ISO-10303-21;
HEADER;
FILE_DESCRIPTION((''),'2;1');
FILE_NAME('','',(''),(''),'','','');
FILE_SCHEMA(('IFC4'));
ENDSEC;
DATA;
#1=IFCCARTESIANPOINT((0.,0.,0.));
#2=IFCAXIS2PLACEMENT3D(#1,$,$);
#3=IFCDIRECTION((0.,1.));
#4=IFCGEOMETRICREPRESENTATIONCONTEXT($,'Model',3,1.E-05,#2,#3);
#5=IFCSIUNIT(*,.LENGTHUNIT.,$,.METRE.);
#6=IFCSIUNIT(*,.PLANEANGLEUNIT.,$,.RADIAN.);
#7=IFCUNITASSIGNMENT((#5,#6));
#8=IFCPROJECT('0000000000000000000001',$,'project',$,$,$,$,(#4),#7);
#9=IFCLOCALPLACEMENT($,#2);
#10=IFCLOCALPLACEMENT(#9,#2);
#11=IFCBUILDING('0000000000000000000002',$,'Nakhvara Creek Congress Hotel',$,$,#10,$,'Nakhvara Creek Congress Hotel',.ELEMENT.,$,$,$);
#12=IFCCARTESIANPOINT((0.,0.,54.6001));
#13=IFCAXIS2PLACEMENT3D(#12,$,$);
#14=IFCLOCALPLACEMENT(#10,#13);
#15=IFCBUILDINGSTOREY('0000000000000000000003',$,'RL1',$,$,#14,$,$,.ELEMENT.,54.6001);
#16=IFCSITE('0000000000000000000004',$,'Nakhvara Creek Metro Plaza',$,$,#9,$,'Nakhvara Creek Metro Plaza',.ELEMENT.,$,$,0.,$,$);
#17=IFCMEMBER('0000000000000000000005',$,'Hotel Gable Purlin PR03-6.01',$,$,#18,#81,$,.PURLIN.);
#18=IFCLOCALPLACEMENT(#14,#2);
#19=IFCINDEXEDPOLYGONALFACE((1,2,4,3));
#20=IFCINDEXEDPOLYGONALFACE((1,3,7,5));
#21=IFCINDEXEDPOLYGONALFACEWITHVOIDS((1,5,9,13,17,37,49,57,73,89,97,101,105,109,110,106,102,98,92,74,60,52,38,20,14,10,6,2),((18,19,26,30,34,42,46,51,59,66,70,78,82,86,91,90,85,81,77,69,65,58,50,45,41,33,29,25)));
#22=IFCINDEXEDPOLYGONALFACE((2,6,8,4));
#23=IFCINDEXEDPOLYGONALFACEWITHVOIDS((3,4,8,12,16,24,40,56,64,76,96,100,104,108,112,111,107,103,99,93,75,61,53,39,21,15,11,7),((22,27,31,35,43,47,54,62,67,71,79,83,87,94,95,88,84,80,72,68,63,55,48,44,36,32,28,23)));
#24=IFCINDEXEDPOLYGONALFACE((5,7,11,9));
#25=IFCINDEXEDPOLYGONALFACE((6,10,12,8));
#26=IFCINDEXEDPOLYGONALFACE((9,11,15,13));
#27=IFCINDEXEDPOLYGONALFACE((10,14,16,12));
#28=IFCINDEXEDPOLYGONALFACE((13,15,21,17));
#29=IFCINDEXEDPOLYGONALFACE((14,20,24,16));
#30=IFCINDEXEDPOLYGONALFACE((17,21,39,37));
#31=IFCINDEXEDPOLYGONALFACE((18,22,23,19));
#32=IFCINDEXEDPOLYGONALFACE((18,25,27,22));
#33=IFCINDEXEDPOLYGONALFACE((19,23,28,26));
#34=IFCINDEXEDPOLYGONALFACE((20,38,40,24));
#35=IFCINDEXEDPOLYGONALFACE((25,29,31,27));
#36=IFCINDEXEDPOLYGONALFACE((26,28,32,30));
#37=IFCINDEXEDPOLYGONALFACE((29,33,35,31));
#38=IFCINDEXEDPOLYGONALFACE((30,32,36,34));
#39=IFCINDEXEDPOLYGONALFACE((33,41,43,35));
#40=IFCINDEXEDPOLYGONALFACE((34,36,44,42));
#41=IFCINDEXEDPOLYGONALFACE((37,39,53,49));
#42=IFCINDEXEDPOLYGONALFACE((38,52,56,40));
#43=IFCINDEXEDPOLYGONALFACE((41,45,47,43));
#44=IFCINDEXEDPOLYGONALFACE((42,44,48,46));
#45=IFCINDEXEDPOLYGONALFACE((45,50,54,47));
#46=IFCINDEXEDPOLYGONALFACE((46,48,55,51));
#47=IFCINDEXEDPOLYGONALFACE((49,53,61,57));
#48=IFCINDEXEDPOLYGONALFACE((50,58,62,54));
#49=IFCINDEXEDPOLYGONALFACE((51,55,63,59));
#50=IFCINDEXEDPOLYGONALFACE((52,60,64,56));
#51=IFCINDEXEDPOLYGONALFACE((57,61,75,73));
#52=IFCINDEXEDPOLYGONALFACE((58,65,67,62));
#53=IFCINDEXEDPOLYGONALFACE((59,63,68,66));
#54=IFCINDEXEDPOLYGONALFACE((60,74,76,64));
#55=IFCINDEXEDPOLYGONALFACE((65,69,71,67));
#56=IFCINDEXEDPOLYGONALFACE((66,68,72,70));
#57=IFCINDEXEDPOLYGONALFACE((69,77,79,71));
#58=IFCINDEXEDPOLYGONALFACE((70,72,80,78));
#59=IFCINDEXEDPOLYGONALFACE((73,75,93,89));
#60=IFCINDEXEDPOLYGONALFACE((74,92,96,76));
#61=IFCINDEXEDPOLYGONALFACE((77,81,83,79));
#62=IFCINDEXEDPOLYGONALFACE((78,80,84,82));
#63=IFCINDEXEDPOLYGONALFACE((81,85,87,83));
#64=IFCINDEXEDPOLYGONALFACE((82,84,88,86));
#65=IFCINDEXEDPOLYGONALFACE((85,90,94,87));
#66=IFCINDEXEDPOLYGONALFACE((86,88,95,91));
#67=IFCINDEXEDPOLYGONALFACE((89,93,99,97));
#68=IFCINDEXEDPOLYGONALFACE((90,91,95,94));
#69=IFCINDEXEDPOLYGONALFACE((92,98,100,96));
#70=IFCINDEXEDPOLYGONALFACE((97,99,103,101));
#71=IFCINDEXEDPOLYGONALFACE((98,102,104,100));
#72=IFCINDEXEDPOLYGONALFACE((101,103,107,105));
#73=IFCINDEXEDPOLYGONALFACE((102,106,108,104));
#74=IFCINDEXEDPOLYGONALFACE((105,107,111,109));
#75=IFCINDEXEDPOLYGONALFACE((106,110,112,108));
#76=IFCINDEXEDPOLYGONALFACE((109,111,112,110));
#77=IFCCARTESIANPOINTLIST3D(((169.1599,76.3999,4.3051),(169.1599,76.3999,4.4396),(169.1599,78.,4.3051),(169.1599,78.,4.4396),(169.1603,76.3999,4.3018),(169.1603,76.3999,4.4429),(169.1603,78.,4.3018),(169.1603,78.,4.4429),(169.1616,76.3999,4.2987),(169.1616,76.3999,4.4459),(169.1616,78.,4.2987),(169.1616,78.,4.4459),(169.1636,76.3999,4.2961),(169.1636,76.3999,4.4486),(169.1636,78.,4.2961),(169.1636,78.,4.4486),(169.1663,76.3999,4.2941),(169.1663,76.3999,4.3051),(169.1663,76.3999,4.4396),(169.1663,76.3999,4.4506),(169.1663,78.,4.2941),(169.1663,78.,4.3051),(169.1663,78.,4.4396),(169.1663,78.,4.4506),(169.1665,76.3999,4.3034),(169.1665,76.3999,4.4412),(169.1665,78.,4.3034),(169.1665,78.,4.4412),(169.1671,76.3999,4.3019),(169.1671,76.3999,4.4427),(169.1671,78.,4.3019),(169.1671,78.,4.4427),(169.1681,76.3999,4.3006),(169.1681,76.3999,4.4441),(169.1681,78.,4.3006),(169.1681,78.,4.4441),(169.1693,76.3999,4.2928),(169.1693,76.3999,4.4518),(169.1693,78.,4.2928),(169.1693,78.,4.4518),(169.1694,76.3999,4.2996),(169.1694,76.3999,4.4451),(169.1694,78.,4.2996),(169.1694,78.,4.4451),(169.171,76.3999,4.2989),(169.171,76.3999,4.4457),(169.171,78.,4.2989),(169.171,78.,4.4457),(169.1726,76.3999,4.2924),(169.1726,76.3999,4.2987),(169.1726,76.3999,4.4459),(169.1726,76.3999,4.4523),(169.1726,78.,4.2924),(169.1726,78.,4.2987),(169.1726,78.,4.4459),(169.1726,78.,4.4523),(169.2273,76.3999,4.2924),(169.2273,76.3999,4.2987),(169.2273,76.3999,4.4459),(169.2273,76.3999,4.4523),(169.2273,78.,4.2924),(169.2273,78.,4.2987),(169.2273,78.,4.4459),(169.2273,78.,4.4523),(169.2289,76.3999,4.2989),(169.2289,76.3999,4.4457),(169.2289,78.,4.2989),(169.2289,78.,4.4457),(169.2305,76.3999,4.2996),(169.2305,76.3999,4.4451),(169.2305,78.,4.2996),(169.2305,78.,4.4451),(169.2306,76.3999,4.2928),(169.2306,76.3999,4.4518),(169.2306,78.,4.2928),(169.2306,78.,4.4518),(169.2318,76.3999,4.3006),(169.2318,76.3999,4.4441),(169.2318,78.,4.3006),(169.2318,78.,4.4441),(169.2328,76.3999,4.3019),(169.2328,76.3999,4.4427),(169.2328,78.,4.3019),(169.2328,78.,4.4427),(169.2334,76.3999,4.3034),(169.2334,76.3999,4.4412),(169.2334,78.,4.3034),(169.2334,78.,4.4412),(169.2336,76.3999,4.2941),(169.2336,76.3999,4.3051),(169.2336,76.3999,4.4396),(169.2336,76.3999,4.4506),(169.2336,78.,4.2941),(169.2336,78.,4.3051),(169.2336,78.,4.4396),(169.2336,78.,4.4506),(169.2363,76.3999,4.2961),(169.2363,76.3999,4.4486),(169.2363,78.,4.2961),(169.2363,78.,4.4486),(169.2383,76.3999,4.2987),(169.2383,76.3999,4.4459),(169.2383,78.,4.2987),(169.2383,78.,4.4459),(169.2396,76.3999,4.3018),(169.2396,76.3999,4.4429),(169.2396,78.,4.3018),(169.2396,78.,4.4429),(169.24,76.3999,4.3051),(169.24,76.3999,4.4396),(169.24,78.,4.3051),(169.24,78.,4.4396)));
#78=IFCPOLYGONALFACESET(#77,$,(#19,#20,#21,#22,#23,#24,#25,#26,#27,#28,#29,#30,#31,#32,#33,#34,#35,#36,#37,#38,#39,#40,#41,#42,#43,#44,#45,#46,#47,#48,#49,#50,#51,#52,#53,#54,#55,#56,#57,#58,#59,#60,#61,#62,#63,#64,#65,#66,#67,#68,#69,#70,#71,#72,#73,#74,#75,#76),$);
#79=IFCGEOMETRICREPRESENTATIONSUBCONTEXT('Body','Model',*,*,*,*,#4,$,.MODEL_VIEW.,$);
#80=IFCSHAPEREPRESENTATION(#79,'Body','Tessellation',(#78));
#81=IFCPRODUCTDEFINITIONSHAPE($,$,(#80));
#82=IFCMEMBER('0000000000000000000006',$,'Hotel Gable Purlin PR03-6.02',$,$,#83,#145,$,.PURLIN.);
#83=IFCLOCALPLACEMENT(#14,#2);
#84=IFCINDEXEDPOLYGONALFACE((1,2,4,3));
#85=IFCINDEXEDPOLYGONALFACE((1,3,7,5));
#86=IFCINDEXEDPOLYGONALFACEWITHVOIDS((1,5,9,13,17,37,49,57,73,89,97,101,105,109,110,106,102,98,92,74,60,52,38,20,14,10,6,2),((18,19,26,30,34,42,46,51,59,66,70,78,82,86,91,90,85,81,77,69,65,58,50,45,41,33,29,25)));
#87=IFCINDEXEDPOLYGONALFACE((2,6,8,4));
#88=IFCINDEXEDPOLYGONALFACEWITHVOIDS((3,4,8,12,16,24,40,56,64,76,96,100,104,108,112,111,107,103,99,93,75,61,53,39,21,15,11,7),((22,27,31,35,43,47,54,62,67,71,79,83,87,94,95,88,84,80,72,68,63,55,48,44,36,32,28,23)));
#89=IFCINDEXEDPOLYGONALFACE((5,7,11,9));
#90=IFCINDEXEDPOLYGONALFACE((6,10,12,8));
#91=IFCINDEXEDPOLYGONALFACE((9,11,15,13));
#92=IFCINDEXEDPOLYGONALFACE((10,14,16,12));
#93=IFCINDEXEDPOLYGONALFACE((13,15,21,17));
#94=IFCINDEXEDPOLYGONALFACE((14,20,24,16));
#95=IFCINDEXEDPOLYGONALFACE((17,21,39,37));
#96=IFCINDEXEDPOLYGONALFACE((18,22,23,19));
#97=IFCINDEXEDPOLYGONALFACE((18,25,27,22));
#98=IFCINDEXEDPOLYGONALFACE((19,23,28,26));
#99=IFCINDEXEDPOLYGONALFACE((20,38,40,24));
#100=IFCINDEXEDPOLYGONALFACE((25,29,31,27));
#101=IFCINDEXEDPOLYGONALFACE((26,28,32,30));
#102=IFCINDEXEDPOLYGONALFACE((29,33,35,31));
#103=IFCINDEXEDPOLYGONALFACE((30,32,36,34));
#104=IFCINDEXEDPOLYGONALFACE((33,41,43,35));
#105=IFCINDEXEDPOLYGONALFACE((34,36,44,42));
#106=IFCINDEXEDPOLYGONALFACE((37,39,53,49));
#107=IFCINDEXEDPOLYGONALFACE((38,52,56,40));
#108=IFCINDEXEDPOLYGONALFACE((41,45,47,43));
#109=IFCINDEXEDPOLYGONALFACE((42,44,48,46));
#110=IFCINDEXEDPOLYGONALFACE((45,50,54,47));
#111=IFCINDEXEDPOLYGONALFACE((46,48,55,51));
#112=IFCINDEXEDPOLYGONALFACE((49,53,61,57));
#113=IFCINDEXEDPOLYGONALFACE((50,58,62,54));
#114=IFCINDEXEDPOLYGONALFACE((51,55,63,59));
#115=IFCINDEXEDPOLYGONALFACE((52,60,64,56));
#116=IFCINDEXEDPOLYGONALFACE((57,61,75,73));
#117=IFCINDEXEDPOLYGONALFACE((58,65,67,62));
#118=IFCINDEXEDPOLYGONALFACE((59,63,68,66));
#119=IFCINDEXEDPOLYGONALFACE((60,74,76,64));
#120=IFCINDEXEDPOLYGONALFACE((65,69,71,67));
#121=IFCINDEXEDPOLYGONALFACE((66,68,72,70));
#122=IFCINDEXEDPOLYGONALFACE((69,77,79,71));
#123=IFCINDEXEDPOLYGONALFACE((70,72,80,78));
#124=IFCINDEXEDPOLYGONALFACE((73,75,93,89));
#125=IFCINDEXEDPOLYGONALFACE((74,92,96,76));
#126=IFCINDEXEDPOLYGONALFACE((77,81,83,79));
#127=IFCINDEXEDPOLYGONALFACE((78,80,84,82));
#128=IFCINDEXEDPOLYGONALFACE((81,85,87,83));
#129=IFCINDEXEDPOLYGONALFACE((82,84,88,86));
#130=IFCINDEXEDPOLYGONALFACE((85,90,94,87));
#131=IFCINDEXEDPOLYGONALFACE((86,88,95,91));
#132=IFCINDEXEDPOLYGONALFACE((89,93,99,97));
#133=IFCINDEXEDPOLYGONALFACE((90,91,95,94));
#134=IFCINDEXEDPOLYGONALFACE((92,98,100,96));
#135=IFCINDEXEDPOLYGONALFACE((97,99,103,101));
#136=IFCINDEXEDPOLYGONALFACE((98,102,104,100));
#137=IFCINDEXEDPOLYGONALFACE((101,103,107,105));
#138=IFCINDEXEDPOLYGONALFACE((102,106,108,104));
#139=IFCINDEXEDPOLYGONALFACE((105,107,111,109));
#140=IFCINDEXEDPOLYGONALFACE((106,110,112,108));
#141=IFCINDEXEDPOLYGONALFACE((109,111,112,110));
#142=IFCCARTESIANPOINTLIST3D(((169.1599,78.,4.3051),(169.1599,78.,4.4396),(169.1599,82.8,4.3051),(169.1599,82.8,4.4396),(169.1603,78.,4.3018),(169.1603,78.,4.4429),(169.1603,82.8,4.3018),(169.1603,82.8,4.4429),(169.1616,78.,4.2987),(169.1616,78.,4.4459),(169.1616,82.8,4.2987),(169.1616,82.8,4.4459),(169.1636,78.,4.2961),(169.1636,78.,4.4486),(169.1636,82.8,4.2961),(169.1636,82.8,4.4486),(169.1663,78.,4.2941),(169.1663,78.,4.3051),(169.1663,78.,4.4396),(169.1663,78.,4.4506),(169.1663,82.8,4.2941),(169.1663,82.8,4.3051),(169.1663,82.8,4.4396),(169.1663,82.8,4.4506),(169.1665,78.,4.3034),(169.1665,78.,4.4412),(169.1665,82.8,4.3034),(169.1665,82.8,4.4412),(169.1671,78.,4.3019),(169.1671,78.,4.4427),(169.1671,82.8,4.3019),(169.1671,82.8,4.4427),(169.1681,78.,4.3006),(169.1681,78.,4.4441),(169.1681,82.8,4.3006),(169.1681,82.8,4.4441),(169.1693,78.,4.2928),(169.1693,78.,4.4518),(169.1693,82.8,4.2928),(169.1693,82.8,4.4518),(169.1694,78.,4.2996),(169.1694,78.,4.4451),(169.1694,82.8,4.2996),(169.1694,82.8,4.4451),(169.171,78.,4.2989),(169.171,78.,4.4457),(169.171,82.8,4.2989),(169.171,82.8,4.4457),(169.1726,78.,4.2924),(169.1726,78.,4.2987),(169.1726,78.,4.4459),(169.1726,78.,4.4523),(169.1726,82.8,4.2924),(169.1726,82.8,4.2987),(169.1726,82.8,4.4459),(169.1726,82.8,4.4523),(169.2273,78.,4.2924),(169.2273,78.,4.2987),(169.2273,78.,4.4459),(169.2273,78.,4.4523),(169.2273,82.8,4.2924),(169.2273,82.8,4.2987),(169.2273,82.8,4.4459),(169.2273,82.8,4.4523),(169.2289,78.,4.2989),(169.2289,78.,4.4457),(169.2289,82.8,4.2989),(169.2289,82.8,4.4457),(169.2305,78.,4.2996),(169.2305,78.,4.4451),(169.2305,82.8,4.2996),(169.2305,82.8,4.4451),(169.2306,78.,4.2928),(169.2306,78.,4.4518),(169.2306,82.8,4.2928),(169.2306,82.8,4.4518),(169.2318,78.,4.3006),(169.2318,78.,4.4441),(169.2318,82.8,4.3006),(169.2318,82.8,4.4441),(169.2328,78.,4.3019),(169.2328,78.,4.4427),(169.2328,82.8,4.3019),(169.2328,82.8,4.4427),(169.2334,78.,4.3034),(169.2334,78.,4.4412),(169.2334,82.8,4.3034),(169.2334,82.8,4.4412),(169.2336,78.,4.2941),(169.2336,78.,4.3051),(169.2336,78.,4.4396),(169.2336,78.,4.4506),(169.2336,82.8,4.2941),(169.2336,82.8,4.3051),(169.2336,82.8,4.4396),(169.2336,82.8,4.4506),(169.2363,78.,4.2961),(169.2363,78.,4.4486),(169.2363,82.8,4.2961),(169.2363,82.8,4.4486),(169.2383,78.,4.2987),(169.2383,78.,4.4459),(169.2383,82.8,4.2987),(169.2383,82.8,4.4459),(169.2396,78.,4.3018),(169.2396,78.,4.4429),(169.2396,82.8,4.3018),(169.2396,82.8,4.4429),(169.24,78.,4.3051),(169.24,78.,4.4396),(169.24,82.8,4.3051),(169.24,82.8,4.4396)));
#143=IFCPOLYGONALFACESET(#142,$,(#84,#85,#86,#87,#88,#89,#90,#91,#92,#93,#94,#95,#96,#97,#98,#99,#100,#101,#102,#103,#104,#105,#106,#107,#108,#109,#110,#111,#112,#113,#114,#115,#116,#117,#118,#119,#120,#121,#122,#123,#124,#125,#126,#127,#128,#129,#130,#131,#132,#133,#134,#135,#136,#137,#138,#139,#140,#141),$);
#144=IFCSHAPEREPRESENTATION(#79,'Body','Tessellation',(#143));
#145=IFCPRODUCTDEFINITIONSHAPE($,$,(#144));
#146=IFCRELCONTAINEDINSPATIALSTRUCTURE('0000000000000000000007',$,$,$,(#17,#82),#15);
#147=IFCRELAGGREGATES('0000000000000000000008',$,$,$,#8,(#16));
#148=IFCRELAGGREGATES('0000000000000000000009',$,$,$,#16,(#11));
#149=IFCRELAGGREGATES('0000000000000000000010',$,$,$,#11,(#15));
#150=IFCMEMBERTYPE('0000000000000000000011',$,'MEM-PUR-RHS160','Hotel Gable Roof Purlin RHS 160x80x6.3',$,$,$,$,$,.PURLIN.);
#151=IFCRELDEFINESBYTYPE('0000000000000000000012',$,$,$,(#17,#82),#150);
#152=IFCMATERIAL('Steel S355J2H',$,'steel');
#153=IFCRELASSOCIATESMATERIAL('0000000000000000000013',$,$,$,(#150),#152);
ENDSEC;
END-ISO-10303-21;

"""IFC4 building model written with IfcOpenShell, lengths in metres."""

from ifc_helpers import new_model, si_unit, direction, frame, origin, origin_2d, place, context, subcontext, project, spatial, hollow_rectangle, extrude, material, material_profile, profile_set, type_object, element, save


model = new_model("IFC4")

# Units and contexts
model_context = context("Model", 3, precision=1e-05, world=origin(), true_north=direction((0.0, 1.0)))
body_context = subcontext(model_context, "Body", "Model", "MODEL_VIEW")
ifc_project = project(units=[si_unit("LENGTHUNIT", "METRE"), si_unit("PLANEANGLEUNIT", "RADIAN")], contexts=[model_context])

# Site, building, storey
site_placement = place(None, origin())
site = spatial("IfcSite", under=ifc_project, at=site_placement, Name="Nakhvara Creek Metro Plaza", LongName="Nakhvara Creek Metro Plaza", CompositionType="ELEMENT", RefElevation=0.0)
building_placement = place(site_placement, origin())
building = spatial("IfcBuilding", under=site, at=building_placement, Name="Nakhvara Creek Congress Hotel", LongName="Nakhvara Creek Congress Hotel", CompositionType="ELEMENT")
storey_placement = place(building_placement, frame((0.0, 0.0, 54.6001)))
storey = spatial("IfcBuildingStorey", under=building, at=storey_placement, Name="RL1", CompositionType="ELEMENT", Elevation=54.6001)

# Members
ifc_material_1 = material(Name="Steel S355J2H", Category="steel")
ifc_material_profile_1 = material_profile(ifc_material_1, hollow_rectangle(XDim=0.0801, YDim=0.1599, WallThickness=0.0063, InnerFilletRadius=0.0063, OuterFilletRadius=0.0127, at=origin_2d()), Name="RHS 160x80x6.3", Category="LoadBearing")
ifc_profile_set_1 = profile_set([ifc_material_profile_1], Name="Steel S355J2H")
member_type_1 = type_object("IfcMemberType", Name="MEM-PUR-RHS160", Description="Hotel Gable Roof Purlin RHS 160x80x6.3", PredefinedType="PURLIN", material=ifc_profile_set_1)
member_1_placement = place(storey_placement, frame((169.2, 76.3999, 4.3723), z_axis=(0.0, 1.0, 0.0), x_axis=(-1.0, 0.0, 0.0)))
element("IfcMember", 1, at=member_1_placement, inside=storey, type_object=member_type_1, Name="Hotel Gable Purlin PR03-6.01", PredefinedType="PURLIN", context=body_context, shape_type="SweptSolid", body=[
    extrude(hollow_rectangle(XDim=0.0801, YDim=0.1599, WallThickness=0.0063, InnerFilletRadius=0.0063, OuterFilletRadius=0.0127, at=origin_2d()), origin(), (0.0, 0.0, 1.0), 1.6001),
])
member_2_placement = place(storey_placement, frame((169.2, 78.0, 4.3723), z_axis=(0.0, 1.0, 0.0), x_axis=(-1.0, 0.0, 0.0)))
element("IfcMember", 2, at=member_2_placement, inside=storey, type_object=member_type_1, Name="Hotel Gable Purlin PR03-6.02", PredefinedType="PURLIN", context=body_context, shape_type="SweptSolid", body=[
    extrude(hollow_rectangle(XDim=0.0801, YDim=0.1599, WallThickness=0.0063, InnerFilletRadius=0.0063, OuterFilletRadius=0.0127, at=origin_2d()), origin(), (0.0, 0.0, 1.0), 4.8),
])

save(model, "model.ifc")
